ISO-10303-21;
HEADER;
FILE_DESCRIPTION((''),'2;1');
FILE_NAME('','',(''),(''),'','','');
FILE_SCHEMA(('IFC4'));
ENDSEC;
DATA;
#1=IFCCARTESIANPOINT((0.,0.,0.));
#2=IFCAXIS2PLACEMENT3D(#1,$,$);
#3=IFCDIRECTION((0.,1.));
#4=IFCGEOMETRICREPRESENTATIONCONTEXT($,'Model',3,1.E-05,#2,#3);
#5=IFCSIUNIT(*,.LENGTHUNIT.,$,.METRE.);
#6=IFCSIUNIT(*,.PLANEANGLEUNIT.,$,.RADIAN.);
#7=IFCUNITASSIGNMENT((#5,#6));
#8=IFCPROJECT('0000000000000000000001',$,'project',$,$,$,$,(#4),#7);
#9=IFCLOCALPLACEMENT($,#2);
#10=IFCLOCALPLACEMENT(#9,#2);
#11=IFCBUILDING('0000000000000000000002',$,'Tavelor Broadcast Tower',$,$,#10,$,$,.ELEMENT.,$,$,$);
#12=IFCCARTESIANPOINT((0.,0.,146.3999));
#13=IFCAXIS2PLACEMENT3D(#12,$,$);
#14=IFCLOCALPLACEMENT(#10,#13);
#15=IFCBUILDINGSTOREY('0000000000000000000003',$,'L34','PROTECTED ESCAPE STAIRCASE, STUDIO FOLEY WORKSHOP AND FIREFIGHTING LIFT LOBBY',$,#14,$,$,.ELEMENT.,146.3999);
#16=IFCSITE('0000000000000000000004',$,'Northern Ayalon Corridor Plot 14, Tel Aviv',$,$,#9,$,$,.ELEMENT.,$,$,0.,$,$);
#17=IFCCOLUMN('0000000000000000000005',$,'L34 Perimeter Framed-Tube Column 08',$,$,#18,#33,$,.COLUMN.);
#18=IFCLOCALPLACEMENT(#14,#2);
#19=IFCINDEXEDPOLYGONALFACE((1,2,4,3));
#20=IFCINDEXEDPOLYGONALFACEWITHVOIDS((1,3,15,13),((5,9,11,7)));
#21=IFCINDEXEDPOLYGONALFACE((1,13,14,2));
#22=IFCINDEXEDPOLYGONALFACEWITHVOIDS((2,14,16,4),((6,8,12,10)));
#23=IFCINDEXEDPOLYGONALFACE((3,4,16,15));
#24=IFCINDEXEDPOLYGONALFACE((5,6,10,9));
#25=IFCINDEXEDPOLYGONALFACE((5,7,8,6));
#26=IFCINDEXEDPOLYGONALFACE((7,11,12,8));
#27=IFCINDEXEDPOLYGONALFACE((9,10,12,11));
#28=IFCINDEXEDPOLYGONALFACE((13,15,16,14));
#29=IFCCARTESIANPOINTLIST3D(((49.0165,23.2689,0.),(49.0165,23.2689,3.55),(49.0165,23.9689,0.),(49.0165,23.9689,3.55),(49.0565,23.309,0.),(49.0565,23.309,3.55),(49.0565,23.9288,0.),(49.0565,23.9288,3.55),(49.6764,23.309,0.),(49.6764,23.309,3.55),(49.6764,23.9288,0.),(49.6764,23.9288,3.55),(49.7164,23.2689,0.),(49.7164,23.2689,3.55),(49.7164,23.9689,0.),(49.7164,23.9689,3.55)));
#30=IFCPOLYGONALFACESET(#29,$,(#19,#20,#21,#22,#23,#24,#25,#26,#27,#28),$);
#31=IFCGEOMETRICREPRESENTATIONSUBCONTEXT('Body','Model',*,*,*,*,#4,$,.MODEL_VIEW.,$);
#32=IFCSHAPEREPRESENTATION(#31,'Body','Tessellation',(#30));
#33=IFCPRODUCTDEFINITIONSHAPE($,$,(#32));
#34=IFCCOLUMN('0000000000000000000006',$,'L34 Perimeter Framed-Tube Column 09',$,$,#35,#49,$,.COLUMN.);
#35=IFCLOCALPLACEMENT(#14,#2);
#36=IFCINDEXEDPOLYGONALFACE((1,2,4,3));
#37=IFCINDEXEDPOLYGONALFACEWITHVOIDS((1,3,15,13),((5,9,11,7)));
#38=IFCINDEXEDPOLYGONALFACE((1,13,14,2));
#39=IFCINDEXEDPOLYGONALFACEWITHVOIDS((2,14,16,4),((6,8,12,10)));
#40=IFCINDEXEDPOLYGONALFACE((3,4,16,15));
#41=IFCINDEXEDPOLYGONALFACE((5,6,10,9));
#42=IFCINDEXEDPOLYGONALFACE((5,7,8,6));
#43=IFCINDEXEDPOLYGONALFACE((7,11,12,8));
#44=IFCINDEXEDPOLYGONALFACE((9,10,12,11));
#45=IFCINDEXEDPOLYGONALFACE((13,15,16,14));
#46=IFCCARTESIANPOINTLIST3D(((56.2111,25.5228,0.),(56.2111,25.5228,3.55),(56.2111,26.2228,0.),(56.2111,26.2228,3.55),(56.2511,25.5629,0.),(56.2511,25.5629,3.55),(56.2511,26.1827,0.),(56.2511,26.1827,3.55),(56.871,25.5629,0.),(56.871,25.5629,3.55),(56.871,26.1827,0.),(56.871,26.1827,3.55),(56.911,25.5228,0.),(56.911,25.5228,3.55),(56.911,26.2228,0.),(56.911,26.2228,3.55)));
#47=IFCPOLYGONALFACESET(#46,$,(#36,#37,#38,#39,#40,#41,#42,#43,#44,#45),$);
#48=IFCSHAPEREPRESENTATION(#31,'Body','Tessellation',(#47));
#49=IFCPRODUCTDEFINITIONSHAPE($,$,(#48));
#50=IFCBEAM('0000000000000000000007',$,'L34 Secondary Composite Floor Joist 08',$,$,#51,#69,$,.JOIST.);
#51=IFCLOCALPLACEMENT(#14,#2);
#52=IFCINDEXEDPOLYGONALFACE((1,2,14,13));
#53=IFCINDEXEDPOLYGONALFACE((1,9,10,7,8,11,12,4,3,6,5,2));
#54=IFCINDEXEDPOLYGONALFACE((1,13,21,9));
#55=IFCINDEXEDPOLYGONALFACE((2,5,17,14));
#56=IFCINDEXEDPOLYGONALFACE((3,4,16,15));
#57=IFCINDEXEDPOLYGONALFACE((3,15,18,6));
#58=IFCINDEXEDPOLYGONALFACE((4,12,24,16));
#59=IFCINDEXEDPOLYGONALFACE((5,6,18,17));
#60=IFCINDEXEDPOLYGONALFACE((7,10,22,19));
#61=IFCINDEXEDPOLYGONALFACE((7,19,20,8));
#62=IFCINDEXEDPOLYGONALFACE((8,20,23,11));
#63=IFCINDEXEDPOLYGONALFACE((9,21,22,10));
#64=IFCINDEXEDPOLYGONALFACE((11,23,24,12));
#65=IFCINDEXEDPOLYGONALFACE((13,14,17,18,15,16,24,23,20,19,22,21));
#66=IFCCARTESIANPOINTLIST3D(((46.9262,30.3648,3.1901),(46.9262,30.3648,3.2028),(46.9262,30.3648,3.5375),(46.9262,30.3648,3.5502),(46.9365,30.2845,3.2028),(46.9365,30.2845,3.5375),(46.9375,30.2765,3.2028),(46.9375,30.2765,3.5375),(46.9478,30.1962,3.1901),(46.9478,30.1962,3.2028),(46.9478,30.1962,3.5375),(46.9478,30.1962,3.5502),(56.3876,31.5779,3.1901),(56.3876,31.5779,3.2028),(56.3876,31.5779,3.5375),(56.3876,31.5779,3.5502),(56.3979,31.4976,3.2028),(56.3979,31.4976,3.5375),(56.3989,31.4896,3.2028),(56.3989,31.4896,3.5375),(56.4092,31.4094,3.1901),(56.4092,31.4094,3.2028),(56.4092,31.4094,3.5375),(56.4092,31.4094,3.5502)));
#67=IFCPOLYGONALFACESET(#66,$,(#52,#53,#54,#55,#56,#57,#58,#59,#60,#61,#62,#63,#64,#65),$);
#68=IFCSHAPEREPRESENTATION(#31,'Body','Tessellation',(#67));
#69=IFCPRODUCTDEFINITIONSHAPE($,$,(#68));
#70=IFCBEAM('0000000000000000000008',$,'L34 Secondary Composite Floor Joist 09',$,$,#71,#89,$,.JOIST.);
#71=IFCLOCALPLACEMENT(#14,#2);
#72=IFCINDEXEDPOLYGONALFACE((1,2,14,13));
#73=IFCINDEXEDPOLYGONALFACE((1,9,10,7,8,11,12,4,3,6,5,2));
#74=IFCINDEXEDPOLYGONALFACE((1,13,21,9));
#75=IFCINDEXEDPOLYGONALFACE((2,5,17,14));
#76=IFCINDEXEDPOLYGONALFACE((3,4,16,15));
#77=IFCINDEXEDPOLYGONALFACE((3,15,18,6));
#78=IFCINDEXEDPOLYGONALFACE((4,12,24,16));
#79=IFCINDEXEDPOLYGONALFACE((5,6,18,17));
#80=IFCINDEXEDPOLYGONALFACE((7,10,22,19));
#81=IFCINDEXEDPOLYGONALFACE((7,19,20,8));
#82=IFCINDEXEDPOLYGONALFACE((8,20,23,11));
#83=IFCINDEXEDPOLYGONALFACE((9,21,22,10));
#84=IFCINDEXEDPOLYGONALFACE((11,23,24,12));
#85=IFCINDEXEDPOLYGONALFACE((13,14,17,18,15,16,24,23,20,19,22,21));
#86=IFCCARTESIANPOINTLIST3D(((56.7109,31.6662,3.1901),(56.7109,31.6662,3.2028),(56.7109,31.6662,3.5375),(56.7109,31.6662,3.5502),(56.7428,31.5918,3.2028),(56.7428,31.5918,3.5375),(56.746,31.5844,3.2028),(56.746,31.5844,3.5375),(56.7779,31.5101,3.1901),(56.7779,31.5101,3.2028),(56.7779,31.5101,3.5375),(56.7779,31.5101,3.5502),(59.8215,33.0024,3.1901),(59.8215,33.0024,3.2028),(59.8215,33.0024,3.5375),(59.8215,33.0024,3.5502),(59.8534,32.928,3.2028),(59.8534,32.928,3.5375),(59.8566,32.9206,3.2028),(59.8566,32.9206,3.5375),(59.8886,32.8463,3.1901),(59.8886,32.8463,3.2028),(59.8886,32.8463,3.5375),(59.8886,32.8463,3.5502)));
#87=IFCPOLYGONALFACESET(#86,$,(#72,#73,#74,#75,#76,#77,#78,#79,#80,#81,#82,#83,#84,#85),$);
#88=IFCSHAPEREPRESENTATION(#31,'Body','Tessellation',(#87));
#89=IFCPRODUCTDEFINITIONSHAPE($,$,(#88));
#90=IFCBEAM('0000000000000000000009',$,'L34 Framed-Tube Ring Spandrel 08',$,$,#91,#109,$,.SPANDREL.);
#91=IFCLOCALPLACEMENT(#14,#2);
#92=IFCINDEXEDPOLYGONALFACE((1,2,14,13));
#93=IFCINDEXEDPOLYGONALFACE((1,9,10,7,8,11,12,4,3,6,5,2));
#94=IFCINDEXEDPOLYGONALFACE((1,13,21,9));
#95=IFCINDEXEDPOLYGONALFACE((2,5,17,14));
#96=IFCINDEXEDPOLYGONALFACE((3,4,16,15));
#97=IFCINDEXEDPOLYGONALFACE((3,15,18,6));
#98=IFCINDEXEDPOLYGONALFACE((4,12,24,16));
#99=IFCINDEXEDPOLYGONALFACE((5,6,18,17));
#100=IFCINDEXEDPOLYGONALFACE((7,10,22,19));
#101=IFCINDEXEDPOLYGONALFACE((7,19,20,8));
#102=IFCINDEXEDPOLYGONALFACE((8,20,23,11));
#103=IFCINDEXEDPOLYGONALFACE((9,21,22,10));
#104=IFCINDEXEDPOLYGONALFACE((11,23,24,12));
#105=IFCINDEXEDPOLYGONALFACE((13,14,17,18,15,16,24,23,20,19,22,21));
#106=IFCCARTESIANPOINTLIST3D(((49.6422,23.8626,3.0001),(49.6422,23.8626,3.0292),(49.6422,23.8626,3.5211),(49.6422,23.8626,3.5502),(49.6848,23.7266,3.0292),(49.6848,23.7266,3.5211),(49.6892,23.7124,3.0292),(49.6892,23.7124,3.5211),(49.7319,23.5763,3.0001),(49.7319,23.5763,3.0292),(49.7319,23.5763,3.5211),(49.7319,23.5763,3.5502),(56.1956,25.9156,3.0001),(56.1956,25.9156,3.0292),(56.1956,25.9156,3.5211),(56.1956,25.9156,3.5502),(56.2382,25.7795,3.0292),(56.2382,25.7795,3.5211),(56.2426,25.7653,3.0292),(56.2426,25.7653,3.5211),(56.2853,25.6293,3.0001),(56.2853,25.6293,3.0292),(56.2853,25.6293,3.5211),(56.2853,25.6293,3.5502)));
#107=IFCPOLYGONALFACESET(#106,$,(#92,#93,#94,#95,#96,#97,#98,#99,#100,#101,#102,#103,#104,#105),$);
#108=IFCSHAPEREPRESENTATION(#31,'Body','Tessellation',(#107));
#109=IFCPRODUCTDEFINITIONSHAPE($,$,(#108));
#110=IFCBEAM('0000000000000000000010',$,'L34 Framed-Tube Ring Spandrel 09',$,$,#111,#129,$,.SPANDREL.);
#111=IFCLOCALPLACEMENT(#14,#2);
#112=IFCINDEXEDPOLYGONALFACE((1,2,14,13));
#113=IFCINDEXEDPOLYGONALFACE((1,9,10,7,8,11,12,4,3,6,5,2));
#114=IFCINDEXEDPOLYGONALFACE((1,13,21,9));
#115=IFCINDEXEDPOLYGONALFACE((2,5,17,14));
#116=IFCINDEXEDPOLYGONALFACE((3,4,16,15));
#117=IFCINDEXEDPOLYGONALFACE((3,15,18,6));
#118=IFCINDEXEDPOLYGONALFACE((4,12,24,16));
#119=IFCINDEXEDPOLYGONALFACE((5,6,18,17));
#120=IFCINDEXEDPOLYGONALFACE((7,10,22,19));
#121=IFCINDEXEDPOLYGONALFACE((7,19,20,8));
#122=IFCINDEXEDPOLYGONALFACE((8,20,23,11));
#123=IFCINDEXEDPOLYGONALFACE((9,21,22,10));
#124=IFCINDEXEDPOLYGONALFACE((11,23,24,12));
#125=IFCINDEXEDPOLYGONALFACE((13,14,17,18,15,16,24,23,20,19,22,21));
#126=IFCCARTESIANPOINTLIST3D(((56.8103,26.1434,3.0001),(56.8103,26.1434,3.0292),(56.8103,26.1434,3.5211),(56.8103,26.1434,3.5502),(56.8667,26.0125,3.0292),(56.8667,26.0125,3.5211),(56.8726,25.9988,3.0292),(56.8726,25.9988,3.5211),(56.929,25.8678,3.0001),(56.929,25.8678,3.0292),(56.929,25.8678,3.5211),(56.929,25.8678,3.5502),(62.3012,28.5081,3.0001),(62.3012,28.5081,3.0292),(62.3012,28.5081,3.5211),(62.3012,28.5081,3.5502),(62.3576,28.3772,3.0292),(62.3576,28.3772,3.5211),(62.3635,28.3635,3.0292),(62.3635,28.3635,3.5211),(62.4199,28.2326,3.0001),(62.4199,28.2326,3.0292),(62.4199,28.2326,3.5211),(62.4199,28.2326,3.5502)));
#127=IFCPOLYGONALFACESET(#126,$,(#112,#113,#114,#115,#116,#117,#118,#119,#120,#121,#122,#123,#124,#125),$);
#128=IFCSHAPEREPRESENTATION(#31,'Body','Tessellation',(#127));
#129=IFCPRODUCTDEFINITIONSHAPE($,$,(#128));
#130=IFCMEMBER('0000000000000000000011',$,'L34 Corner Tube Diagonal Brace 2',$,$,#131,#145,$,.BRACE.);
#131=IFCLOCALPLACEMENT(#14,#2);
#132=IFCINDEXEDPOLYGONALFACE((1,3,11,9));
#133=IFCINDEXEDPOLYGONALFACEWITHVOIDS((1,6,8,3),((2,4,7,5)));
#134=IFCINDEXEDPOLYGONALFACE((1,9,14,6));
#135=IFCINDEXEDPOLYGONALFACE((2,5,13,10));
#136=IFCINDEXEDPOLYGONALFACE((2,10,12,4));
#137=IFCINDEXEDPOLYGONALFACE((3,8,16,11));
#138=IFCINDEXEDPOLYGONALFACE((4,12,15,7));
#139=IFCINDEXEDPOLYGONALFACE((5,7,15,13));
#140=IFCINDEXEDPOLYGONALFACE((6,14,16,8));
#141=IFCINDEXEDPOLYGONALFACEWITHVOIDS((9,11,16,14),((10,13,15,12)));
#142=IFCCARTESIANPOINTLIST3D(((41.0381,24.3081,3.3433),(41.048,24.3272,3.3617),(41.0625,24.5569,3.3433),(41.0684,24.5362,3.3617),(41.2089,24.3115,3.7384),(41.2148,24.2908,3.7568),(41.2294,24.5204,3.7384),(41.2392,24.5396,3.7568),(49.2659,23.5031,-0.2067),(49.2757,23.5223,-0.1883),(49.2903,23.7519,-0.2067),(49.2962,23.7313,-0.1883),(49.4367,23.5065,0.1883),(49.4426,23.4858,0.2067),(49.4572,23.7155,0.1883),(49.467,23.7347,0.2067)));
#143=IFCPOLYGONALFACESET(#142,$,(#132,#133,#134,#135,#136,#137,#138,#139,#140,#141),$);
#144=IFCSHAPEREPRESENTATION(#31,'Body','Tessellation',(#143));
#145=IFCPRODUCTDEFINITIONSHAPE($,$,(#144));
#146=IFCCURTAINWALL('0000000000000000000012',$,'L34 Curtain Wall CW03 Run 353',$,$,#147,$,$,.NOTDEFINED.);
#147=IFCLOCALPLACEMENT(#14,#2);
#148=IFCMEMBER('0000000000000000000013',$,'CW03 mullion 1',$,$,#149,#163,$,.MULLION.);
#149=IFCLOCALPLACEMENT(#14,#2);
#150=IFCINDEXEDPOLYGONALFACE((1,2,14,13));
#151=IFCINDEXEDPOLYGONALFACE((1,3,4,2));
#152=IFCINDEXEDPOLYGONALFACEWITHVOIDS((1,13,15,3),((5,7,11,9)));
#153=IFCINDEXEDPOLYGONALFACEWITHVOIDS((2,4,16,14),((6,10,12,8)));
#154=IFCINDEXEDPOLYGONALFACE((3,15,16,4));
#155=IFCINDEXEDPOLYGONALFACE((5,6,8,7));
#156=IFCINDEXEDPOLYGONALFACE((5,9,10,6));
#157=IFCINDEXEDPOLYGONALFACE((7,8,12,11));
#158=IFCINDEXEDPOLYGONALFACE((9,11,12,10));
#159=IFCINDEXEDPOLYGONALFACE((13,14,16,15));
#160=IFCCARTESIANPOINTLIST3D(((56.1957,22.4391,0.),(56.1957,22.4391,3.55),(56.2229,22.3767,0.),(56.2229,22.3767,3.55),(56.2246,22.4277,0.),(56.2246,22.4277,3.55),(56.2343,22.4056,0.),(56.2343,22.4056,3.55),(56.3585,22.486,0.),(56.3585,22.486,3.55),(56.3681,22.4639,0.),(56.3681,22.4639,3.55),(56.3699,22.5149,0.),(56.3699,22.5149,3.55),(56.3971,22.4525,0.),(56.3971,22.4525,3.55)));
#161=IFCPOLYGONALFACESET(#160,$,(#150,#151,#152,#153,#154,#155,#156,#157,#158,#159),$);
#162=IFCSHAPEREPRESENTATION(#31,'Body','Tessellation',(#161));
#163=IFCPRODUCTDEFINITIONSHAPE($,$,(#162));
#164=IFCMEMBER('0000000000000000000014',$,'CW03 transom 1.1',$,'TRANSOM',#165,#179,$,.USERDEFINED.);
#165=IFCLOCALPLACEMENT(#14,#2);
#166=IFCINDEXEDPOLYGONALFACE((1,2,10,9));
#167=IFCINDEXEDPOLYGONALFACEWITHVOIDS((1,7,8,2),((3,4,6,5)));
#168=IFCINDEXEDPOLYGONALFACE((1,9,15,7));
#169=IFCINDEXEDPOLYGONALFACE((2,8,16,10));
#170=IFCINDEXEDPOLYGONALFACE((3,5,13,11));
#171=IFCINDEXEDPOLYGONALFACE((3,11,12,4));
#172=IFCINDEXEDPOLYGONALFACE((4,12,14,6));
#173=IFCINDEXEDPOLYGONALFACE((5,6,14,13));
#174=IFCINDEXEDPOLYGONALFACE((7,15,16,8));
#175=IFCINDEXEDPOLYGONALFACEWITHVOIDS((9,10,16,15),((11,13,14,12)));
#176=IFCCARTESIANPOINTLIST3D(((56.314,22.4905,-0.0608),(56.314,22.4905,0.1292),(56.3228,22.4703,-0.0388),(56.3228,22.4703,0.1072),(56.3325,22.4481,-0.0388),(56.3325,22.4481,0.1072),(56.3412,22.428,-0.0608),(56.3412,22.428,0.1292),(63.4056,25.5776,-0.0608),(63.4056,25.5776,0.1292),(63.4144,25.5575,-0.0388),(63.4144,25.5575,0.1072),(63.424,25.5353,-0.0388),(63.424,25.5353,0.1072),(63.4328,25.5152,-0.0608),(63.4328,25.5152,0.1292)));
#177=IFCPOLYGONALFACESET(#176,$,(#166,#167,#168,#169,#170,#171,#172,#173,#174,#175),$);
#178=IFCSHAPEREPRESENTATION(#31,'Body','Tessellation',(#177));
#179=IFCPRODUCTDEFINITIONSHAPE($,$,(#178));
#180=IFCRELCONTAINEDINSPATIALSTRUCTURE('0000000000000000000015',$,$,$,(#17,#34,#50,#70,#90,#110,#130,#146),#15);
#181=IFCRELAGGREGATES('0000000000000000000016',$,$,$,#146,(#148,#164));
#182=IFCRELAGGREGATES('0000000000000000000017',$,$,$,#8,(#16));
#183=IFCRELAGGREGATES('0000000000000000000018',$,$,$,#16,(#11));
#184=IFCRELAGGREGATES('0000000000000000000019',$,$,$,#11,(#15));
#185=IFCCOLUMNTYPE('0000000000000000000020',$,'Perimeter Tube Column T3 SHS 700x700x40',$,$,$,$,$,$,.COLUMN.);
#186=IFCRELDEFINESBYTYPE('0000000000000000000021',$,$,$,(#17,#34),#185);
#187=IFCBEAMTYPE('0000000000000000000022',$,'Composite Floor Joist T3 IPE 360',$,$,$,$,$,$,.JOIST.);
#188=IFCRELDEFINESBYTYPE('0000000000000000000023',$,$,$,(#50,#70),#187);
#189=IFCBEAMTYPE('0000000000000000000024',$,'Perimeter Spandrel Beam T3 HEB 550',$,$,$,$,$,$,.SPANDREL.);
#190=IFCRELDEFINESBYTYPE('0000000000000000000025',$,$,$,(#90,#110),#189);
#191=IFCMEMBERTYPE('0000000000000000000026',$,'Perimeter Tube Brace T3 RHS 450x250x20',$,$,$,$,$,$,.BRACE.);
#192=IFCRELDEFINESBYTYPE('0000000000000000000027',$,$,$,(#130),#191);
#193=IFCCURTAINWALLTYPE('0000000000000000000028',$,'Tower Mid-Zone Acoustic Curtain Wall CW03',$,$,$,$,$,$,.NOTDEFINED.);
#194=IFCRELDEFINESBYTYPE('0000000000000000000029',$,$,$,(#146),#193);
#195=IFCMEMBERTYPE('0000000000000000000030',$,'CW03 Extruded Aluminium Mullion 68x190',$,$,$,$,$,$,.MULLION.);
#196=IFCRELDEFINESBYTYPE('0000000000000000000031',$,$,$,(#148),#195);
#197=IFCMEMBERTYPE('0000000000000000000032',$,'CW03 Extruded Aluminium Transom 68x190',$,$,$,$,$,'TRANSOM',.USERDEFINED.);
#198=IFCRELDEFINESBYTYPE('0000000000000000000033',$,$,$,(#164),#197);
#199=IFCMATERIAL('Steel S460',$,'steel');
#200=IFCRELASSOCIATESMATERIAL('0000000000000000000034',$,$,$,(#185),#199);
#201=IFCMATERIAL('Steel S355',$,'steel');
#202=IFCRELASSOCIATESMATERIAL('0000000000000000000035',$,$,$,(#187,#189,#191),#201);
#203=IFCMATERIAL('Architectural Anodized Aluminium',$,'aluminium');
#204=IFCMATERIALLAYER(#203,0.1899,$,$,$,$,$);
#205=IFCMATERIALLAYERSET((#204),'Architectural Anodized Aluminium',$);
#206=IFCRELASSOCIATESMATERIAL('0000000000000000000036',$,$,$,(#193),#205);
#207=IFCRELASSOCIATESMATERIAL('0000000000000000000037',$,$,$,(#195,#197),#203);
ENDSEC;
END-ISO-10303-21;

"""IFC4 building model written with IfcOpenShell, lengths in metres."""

from ifc_helpers import new_model, si_unit, direction, frame, origin, origin_2d, place, context, subcontext, project, spatial, hollow_rectangle, i_section, extrude, source, transform, mapped, material, layer, layer_set, material_profile, profile_set, type_object, type_shapes, element, aggregate, save


model = new_model("IFC4")

# Units and contexts
model_context = context("Model", 3, precision=1e-05, world=origin(), true_north=direction((0.0, 1.0)))
body_context = subcontext(model_context, "Body", "Model", "MODEL_VIEW")
ifc_project = project(units=[si_unit("LENGTHUNIT", "METRE"), si_unit("PLANEANGLEUNIT", "RADIAN")], contexts=[model_context])

# Site, building, storey
site_placement = place(None, origin())
site = spatial("IfcSite", under=ifc_project, at=site_placement, Name="Northern Ayalon Corridor Plot 14, Tel Aviv", CompositionType="ELEMENT", RefElevation=0.0)
building_placement = place(site_placement, origin())
building = spatial("IfcBuilding", under=site, at=building_placement, Name="Tavelor Broadcast Tower", CompositionType="ELEMENT")
storey_placement = place(building_placement, frame((0.0, 0.0, 146.3999)))
storey = spatial("IfcBuildingStorey", under=building, at=storey_placement, Name="L34", Description="PROTECTED ESCAPE STAIRCASE, STUDIO FOLEY WORKSHOP AND FIREFIGHTING LIFT LOBBY", CompositionType="ELEMENT", Elevation=146.3999)

# Columns
ifc_material_1 = material(Name="Steel S460", Category="steel")
ifc_material_profile_1 = material_profile(ifc_material_1, hollow_rectangle(XDim=0.7, YDim=0.7, WallThickness=0.04, at=origin_2d()), Name="SHS 700x700x40")
ifc_profile_set_1 = profile_set([ifc_material_profile_1], Name="Steel S460")
column_type = type_object("IfcColumnType", Name="Perimeter Tube Column T3 SHS 700x700x40", PredefinedType="COLUMN", material=ifc_profile_set_1)
for number, where, z_axis, x_axis, name in (
    (1, (49.3665, 23.6189, 0.0), (0.0, 0.0, 1.0), (1.0, 0.0, 0.0), "L34 Perimeter Framed-Tube Column 08"),
    (2, (56.561, 25.8728, 0.0), (0.0, 0.0, 1.0), (1.0, 0.0, 0.0), "L34 Perimeter Framed-Tube Column 09"),
):
    element("IfcColumn", number, at=place(storey_placement, frame(where, z_axis=z_axis, x_axis=x_axis)), inside=storey, type_object=column_type, Name=name, PredefinedType="COLUMN", context=body_context, shape_type="SweptSolid", body=[
        extrude(hollow_rectangle(XDim=0.7, YDim=0.7, WallThickness=0.04, at=origin_2d()), origin(), (0.0, 0.0, 1.0), 3.55),
    ])

# Beams
ifc_material_2 = material(Name="Steel S355", Category="steel")
ifc_material_profile_2 = material_profile(ifc_material_2, i_section(OverallWidth=0.1699, OverallDepth=0.3601, WebThickness=0.0081, FlangeThickness=0.0127, at=origin_2d()), Name="IPE 360")
ifc_profile_set_2 = profile_set([ifc_material_profile_2], Name="Steel S355")
beam_type_1 = type_object("IfcBeamType", Name="Composite Floor Joist T3 IPE 360", PredefinedType="JOIST", material=ifc_profile_set_2)
beam_1_placement = place(storey_placement, frame((46.937, 30.2805, 3.3701), z_axis=(0.99188, 0.127178, 0.0), x_axis=(-0.127178, 0.99188, 0.0)))
element("IfcBeam", 3, at=beam_1_placement, inside=storey, type_object=beam_type_1, Name="L34 Secondary Composite Floor Joist 08", PredefinedType="JOIST", context=body_context, shape_type="SweptSolid", body=[
    extrude(i_section(OverallWidth=0.1699, OverallDepth=0.3601, WebThickness=0.0081, FlangeThickness=0.0127, at=origin_2d()), origin(), (0.0, 0.0, 1.0), 9.5388),
])
beam_2_placement = place(storey_placement, frame((56.7444, 31.5881, 3.3701), z_axis=(0.918816, 0.394685, 0.0), x_axis=(-0.394685, 0.918816, 0.0)))
element("IfcBeam", 4, at=beam_2_placement, inside=storey, type_object=beam_type_1, Name="L34 Secondary Composite Floor Joist 09", PredefinedType="JOIST", context=body_context, shape_type="SweptSolid", body=[
    extrude(i_section(OverallWidth=0.1699, OverallDepth=0.3601, WebThickness=0.0081, FlangeThickness=0.0127, at=origin_2d()), origin(), (0.0, 0.0, 1.0), 3.3855),
])
ifc_material_profile_3 = material_profile(ifc_material_2, i_section(OverallWidth=0.3, OverallDepth=0.55, WebThickness=0.0149, FlangeThickness=0.0291, at=origin_2d()), Name="HEB 550")
ifc_profile_set_3 = profile_set([ifc_material_profile_3], Name="Steel S355")
beam_type_2 = type_object("IfcBeamType", Name="Perimeter Spandrel Beam T3 HEB 550", PredefinedType="SPANDREL", material=ifc_profile_set_3)
beam_3_placement = place(storey_placement, frame((49.687, 23.7195, 3.2751), z_axis=(0.954272, 0.298941, 0.0), x_axis=(-0.298941, 0.954272, 0.0)))
element("IfcBeam", 5, at=beam_3_placement, inside=storey, type_object=beam_type_2, Name="L34 Framed-Tube Ring Spandrel 08", PredefinedType="SPANDREL", context=body_context, shape_type="SweptSolid", body=[
    extrude(i_section(OverallWidth=0.3, OverallDepth=0.55, WebThickness=0.0149, FlangeThickness=0.0291, at=origin_2d()), origin(), (0.0, 0.0, 1.0), 6.8674),
])
beam_4_placement = place(storey_placement, frame((56.8696, 26.0056, 3.2751), z_axis=(0.918449, 0.39554, 0.0), x_axis=(-0.39554, 0.918449, 0.0)))
element("IfcBeam", 6, at=beam_4_placement, inside=storey, type_object=beam_type_2, Name="L34 Framed-Tube Ring Spandrel 09", PredefinedType="SPANDREL", context=body_context, shape_type="SweptSolid", body=[
    extrude(i_section(OverallWidth=0.3, OverallDepth=0.55, WebThickness=0.0149, FlangeThickness=0.0291, at=origin_2d()), origin(), (0.0, 0.0, 1.0), 5.9785),
])

# Member
ifc_material_profile_4 = material_profile(ifc_material_2, hollow_rectangle(XDim=0.25, YDim=0.45, WallThickness=0.02, at=origin_2d()), Name="RHS 450x250x20")
ifc_profile_set_4 = profile_set([ifc_material_profile_4], Name="Steel S355")
member_type_1 = type_object("IfcMemberType", Name="Perimeter Tube Brace T3 RHS 450x250x20", PredefinedType="BRACE", material=ifc_profile_set_4)
member_1_placement = place(storey_placement, frame((49.3665, 23.6189, 0.0), z_axis=(-0.914496, 0.089466, 0.394579), x_axis=(-0.097366, -0.995249, 0.0)))
element("IfcMember", 7, at=member_1_placement, inside=storey, type_object=member_type_1, Name="L34 Corner Tube Diagonal Brace 2", PredefinedType="BRACE", context=body_context, shape_type="SweptSolid", body=[
    extrude(hollow_rectangle(XDim=0.25, YDim=0.45, WallThickness=0.02, at=origin_2d()), origin(), (0.0, 0.0, 1.0), 8.9971),
])

# Curtain wall, members
ifc_material_3 = material(Name="Architectural Anodized Aluminium", Category="aluminium")
ifc_layer_1 = layer(ifc_material_3, 0.1899)
ifc_layer_set_1 = layer_set([ifc_layer_1], Name="Architectural Anodized Aluminium")
curtain_wall_type = type_object("IfcCurtainWallType", Name="Tower Mid-Zone Acoustic Curtain Wall CW03", PredefinedType="NOTDEFINED", material=ifc_layer_set_1)
curtain_wall_placement = place(storey_placement, origin())
curtain_wall = element("IfcCurtainWall", 8, at=curtain_wall_placement, inside=storey, type_object=curtain_wall_type, Name="L34 Curtain Wall CW03 Run 353", PredefinedType="NOTDEFINED")
ifc_material_profile_5 = material_profile(ifc_material_3, hollow_rectangle(XDim=0.0681, YDim=0.1899, WallThickness=0.022, at=origin_2d()), Name="RHS 68x190x22")
ifc_profile_set_5 = profile_set([ifc_material_profile_5], Name="Architectural Anodized Aluminium")
member_type_2 = type_object("IfcMemberType", Name="CW03 Extruded Aluminium Mullion 68x190", PredefinedType="MULLION", material=ifc_profile_set_5)
shared_shape_1 = source(origin(), body_context, "Body", "SweptSolid", [
    extrude(hollow_rectangle(XDim=0.0681, YDim=0.1899, WallThickness=0.022, at=origin_2d()), origin(), (0.0, 0.0, 1.0), 3.55),
])
type_shapes(member_type_2, [shared_shape_1])
member_2_placement = place(storey_placement, frame((56.2964, 22.4458, 0.0), z_axis=(0.0, 0.0, 1.0), x_axis=(-0.39914, 0.91689, 0.0)))
member_2 = element("IfcMember", 9, at=member_2_placement, type_object=member_type_2, Name="CW03 mullion 1", PredefinedType="MULLION", context=body_context, shape_type="MappedRepresentation", body=[
    mapped(shared_shape_1, transform((0.0, 0.0, 0.0), scale=1.0)),
])
ifc_material_profile_6 = material_profile(ifc_material_3, hollow_rectangle(XDim=0.0681, YDim=0.1899, WallThickness=0.022, at=origin_2d()), Name="RHS 68x190x22")
ifc_profile_set_6 = profile_set([ifc_material_profile_6], Name="Architectural Anodized Aluminium")
member_type_3 = type_object("IfcMemberType", Name="CW03 Extruded Aluminium Transom 68x190", ElementType="TRANSOM", PredefinedType="USERDEFINED", material=ifc_profile_set_6)
shared_shape_2 = source(origin(), body_context, "Body", "SweptSolid", [
    extrude(hollow_rectangle(XDim=0.0681, YDim=0.1899, WallThickness=0.022, at=origin_2d()), origin(), (0.0, 0.0, 1.0), 7.7344),
])
type_shapes(member_type_3, [shared_shape_2])
member_3_placement = place(storey_placement, frame((56.3276, 22.4592, 0.0342), z_axis=(0.916887, 0.399147, 0.0), x_axis=(-0.399147, 0.916887, 0.0)))
member_3 = element("IfcMember", 10, at=member_3_placement, type_object=member_type_3, Name="CW03 transom 1.1", ObjectType="TRANSOM", PredefinedType="USERDEFINED", context=body_context, shape_type="MappedRepresentation", body=[
    mapped(shared_shape_2, transform((0.0, 0.0, 0.0), scale=1.0)),
])

aggregate(curtain_wall, [member_2, member_3])

save(model, "model.ifc")
